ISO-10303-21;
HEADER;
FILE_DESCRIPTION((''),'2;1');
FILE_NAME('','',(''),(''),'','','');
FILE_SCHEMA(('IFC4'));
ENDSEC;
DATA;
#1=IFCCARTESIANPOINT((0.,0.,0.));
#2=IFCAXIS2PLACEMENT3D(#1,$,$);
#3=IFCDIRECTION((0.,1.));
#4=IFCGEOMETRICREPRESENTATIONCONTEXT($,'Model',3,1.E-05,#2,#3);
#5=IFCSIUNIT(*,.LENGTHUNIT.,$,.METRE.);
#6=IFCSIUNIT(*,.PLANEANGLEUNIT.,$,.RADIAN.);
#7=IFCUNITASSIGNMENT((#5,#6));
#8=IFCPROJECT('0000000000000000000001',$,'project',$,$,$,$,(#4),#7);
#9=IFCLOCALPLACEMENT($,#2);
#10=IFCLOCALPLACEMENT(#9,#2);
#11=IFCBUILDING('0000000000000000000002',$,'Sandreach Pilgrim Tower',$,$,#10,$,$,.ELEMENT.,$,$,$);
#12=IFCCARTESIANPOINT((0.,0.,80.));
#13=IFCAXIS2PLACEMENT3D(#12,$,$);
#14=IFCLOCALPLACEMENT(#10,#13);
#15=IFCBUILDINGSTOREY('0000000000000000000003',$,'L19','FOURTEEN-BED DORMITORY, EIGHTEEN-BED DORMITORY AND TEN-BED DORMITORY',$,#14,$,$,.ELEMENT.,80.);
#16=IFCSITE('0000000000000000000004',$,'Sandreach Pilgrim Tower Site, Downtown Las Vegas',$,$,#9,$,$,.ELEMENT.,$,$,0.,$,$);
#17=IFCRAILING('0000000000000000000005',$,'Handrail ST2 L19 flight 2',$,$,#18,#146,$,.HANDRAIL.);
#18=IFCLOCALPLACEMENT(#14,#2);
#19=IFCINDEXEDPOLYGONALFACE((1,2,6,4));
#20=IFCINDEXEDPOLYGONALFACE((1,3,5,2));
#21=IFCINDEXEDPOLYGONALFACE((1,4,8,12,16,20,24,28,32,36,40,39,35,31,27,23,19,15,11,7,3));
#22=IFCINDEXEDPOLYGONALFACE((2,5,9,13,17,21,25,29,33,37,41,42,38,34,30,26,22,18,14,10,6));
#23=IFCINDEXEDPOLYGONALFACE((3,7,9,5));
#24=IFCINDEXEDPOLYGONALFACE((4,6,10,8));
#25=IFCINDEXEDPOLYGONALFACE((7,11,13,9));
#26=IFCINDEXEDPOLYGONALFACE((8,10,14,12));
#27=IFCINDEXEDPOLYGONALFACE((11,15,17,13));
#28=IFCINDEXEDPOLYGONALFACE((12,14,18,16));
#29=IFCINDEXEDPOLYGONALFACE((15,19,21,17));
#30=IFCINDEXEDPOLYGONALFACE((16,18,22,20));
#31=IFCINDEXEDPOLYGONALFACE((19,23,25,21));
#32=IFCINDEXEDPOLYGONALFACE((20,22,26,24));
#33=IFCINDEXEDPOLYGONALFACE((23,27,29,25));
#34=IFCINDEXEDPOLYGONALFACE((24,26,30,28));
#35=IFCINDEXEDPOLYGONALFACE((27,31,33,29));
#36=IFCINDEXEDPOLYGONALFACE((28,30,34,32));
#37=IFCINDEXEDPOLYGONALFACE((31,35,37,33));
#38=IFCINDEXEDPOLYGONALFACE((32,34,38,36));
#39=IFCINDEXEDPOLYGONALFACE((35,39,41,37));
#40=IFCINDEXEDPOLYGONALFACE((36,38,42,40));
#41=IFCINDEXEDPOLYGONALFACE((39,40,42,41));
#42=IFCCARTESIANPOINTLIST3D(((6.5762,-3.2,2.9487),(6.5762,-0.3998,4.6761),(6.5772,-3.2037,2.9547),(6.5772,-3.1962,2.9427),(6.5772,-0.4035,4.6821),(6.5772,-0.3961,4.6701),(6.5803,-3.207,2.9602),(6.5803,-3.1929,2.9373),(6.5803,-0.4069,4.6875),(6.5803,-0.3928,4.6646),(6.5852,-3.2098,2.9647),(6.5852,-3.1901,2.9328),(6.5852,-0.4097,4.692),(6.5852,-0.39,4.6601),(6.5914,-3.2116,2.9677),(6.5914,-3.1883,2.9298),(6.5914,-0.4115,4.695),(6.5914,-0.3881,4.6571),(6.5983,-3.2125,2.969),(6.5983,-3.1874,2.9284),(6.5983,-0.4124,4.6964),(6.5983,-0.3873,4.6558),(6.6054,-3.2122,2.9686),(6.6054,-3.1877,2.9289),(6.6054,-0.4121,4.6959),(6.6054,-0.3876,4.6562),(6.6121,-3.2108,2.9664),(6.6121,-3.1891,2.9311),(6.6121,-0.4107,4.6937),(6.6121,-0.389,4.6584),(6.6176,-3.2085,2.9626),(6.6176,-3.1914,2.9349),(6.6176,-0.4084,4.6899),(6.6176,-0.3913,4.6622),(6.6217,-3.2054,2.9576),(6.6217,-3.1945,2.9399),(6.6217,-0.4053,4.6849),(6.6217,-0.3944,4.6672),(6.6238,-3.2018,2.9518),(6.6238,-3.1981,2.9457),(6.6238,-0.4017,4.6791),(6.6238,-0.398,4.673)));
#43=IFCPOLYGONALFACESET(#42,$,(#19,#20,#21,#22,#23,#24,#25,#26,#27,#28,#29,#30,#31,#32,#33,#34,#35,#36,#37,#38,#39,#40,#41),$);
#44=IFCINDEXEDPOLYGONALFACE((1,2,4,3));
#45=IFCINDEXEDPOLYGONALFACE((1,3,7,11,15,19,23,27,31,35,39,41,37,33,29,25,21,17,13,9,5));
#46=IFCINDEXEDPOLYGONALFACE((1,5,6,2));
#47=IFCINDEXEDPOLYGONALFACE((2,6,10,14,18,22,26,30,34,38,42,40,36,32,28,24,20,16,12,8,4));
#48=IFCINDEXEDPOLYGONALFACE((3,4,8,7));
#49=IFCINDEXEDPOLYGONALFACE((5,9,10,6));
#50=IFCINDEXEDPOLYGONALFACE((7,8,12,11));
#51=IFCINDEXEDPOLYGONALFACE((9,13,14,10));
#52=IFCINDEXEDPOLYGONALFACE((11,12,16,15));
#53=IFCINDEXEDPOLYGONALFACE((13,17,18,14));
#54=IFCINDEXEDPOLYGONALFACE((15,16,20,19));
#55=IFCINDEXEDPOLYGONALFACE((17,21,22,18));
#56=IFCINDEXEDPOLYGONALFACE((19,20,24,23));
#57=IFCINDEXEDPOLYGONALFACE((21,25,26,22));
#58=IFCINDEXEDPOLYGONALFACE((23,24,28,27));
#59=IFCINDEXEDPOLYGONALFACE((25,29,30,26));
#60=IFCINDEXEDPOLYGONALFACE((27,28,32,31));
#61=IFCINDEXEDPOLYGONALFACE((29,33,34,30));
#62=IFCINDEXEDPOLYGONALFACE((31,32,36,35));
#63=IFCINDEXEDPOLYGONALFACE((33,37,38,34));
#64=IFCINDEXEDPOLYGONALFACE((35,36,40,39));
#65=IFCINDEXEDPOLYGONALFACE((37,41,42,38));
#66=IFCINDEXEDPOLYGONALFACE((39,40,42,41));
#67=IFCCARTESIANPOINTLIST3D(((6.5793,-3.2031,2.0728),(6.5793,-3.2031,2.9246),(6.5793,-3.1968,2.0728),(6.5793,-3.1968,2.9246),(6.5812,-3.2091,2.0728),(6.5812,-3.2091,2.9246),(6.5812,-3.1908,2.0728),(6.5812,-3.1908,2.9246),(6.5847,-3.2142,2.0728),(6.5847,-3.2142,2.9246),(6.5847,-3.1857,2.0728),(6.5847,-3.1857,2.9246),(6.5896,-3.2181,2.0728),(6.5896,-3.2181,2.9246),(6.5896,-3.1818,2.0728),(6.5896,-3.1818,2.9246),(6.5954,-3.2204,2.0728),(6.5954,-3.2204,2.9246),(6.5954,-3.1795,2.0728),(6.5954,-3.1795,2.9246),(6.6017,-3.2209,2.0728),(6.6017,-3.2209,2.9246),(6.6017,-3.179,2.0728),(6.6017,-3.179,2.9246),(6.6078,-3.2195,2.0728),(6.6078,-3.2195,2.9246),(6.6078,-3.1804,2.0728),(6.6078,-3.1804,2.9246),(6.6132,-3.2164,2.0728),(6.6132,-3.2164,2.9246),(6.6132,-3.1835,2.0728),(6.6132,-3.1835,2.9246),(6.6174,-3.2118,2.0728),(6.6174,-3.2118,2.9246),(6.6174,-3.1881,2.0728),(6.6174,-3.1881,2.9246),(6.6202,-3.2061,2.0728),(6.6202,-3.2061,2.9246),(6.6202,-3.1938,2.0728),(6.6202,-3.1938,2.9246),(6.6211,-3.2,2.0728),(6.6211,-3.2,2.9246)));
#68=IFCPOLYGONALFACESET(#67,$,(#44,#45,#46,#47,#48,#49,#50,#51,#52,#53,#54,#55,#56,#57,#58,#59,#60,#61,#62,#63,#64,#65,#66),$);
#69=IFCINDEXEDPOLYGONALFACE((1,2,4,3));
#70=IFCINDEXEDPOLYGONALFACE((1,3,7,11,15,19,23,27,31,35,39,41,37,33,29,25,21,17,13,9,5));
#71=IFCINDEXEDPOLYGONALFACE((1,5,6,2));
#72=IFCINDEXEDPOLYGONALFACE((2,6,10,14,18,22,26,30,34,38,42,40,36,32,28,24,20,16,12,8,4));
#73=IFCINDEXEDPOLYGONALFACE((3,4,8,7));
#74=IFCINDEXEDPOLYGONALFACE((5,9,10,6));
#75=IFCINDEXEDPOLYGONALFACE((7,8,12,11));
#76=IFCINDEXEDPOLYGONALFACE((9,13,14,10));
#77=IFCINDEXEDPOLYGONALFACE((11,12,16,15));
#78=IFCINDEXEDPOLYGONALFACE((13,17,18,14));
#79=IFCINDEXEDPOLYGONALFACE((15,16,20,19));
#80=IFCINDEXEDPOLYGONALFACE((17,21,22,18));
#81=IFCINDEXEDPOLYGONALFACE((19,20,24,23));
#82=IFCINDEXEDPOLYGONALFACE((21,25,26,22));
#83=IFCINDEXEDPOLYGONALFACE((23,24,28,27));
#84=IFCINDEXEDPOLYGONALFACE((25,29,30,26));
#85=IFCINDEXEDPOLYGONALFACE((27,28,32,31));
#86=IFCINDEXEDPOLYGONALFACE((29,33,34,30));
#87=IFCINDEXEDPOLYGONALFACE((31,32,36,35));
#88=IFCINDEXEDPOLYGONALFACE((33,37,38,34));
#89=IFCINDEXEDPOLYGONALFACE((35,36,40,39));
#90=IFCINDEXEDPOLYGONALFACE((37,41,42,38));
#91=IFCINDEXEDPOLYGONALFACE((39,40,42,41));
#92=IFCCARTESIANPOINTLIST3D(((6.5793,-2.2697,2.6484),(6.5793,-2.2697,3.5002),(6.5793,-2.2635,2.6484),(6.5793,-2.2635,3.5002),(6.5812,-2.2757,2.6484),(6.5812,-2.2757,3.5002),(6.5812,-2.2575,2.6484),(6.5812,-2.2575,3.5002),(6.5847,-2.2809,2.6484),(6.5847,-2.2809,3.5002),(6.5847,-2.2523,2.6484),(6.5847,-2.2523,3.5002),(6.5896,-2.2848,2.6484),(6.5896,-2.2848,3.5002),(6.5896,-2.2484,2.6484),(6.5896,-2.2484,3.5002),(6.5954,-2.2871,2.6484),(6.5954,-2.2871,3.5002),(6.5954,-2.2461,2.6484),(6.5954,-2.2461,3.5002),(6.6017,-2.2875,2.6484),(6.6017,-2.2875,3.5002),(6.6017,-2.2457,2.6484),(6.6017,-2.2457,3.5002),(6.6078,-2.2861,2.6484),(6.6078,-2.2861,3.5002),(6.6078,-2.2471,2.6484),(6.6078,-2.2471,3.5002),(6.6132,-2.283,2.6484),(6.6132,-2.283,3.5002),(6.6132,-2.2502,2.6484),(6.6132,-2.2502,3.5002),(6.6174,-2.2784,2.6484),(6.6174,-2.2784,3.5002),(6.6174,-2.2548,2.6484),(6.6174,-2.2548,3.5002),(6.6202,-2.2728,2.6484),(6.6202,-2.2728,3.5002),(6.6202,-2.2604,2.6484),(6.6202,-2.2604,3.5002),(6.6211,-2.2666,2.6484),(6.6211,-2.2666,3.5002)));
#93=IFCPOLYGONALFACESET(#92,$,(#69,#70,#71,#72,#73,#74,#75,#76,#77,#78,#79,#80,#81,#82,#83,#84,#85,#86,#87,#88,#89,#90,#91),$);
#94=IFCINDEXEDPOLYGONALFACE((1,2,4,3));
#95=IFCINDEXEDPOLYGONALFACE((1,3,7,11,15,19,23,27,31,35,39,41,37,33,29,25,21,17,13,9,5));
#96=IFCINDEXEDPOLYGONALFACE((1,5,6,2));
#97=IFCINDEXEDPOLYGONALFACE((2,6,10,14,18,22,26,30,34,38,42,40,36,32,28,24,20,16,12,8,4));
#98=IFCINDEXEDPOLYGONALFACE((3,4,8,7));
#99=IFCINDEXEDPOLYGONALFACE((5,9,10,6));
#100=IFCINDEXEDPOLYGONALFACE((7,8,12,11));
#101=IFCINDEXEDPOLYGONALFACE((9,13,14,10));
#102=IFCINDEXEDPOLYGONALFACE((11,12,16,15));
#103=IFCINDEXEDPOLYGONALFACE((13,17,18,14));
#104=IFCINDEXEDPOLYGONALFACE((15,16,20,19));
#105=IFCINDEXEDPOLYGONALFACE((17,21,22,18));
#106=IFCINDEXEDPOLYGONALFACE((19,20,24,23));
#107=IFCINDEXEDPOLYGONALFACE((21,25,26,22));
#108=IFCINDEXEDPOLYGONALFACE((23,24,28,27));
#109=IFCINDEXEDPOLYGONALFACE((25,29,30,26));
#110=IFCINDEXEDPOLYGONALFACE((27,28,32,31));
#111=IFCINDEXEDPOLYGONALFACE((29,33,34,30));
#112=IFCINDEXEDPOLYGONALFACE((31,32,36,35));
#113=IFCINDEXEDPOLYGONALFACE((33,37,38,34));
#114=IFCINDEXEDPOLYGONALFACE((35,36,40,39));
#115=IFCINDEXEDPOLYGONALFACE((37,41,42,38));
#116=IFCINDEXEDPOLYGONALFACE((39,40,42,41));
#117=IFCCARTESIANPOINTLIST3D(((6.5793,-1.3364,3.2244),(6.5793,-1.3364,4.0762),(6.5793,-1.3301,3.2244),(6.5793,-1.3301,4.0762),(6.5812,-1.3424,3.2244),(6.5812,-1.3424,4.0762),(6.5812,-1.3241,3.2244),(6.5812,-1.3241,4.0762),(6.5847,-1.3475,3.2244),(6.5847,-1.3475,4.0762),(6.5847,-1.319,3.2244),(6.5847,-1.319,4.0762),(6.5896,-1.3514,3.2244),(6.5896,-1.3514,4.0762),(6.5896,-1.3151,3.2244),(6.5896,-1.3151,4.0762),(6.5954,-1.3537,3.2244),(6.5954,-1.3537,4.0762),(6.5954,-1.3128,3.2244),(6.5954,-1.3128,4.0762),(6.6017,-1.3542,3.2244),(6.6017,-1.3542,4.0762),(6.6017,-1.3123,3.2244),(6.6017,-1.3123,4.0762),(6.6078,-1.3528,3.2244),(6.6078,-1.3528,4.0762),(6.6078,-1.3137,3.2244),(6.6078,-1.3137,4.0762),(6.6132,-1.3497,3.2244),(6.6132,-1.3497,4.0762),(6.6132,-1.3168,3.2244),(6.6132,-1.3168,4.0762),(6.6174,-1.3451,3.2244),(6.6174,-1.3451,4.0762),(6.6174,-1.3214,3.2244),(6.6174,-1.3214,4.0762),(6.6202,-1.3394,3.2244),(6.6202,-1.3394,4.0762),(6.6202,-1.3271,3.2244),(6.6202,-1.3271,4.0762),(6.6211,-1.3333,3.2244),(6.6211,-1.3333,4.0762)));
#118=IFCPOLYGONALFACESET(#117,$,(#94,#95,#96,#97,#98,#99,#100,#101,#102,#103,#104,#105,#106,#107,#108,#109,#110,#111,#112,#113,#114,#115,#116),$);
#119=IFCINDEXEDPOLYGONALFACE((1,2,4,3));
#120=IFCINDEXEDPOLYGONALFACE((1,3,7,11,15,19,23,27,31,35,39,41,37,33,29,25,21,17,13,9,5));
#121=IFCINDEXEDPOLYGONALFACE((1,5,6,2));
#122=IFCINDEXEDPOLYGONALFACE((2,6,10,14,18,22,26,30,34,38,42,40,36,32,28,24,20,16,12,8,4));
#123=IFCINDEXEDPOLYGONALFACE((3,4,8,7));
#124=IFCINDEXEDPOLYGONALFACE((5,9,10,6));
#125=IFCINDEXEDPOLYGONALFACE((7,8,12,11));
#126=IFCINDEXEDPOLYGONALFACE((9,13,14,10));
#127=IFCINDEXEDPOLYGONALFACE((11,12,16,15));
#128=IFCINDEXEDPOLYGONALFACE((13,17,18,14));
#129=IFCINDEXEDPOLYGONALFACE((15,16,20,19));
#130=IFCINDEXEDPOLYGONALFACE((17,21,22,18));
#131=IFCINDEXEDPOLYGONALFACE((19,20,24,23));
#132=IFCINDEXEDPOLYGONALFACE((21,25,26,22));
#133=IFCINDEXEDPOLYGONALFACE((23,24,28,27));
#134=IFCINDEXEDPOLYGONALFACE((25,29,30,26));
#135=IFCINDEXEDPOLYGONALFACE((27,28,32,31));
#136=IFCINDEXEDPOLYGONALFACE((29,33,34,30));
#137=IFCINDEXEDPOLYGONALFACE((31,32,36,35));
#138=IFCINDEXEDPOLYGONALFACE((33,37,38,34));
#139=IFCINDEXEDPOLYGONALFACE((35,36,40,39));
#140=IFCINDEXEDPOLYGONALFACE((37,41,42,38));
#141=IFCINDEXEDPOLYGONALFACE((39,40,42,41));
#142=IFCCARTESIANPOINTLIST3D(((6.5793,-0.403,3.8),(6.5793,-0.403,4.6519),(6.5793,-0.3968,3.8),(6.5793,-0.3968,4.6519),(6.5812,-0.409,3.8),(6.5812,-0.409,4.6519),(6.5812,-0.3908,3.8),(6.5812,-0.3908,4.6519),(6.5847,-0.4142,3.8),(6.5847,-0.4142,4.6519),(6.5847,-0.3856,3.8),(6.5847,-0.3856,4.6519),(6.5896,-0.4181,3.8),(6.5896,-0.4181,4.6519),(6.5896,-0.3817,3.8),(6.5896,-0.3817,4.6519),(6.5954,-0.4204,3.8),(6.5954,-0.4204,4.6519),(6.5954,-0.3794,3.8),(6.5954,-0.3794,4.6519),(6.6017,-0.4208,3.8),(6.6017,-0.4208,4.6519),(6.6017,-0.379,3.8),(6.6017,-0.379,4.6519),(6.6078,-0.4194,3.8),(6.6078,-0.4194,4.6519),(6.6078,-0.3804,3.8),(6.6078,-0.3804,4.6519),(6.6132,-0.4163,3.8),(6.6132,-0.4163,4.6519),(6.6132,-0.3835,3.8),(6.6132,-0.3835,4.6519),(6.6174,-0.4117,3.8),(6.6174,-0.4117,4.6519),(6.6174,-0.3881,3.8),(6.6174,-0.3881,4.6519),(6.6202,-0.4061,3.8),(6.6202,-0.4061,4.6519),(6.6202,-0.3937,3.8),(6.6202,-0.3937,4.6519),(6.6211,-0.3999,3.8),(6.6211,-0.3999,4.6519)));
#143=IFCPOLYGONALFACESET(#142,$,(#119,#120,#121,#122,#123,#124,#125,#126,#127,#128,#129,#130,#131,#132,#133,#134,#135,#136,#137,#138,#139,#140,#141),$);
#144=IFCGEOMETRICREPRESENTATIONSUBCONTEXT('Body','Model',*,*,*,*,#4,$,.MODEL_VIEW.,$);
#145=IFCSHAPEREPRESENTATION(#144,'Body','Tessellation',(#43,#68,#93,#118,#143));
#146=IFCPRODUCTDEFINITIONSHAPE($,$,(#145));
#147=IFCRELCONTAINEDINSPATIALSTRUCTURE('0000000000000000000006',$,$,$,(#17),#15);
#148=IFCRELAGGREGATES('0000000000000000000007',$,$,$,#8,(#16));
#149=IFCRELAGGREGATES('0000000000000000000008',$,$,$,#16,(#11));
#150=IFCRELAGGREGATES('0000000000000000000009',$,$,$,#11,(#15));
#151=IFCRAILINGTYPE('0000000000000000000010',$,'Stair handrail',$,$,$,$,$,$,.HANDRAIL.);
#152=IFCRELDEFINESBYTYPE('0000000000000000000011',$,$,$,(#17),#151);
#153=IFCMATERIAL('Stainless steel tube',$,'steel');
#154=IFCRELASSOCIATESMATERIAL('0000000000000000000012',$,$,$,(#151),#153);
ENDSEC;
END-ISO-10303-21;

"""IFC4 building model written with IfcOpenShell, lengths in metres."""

from ifc_helpers import new_model, si_unit, direction, frame, origin, origin_2d, place, context, subcontext, project, spatial, circle, extrude, material, type_object, element, save


model = new_model("IFC4")

# Units and contexts
model_context = context("Model", 3, precision=1e-05, world=origin(), true_north=direction((0.0, 1.0)))
body_context = subcontext(model_context, "Body", "Model", "MODEL_VIEW")
ifc_project = project(units=[si_unit("LENGTHUNIT", "METRE"), si_unit("PLANEANGLEUNIT", "RADIAN")], contexts=[model_context])

# Site, building, storey
site_placement = place(None, origin())
site = spatial("IfcSite", under=ifc_project, at=site_placement, Name="Sandreach Pilgrim Tower Site, Downtown Las Vegas", CompositionType="ELEMENT", RefElevation=0.0)
building_placement = place(site_placement, origin())
building = spatial("IfcBuilding", under=site, at=building_placement, Name="Sandreach Pilgrim Tower", CompositionType="ELEMENT")
storey_placement = place(building_placement, frame((0.0, 0.0, 80.0)))
storey = spatial("IfcBuildingStorey", under=building, at=storey_placement, Name="L19", Description="FOURTEEN-BED DORMITORY, EIGHTEEN-BED DORMITORY AND TEN-BED DORMITORY", CompositionType="ELEMENT", Elevation=80.0)

# Railing
ifc_material_1 = material(Name="Stainless steel tube", Category="steel")
railing_type = type_object("IfcRailingType", Name="Stair handrail", PredefinedType="HANDRAIL", material=ifc_material_1)
for number, where, name in (
    (1, (6.6001, -3.2, 2.0728), "Handrail ST2 L19 flight 2"),
):
    element("IfcRailing", number, at=place(storey_placement, frame(where)), inside=storey, type_object=railing_type, Name=name, PredefinedType="HANDRAIL", context=body_context, shape_type="SweptSolid", body=[
        extrude(circle(Radius=0.0239, at=origin_2d()), frame((0.0, 0.0, 0.876), z_axis=(0.0, 0.85109, 0.52502), x_axis=(-1.0, 0.0, 0.0)), (0.0, 0.0, 1.0), 3.29),
        extrude(circle(Radius=0.021, at=origin_2d()), origin(), (0.0, 0.0, 1.0), 0.8518),
        extrude(circle(Radius=0.021, at=origin_2d()), frame((0.0, 0.9333, 0.5757)), (0.0, 0.0, 1.0), 0.8518),
        extrude(circle(Radius=0.021, at=origin_2d()), frame((0.0, 1.8667, 1.1516)), (0.0, 0.0, 1.0), 0.8518),
        extrude(circle(Radius=0.021, at=origin_2d()), frame((0.0, 2.8, 1.7273)), (0.0, 0.0, 1.0), 0.8518),
    ])

save(model, "model.ifc")
